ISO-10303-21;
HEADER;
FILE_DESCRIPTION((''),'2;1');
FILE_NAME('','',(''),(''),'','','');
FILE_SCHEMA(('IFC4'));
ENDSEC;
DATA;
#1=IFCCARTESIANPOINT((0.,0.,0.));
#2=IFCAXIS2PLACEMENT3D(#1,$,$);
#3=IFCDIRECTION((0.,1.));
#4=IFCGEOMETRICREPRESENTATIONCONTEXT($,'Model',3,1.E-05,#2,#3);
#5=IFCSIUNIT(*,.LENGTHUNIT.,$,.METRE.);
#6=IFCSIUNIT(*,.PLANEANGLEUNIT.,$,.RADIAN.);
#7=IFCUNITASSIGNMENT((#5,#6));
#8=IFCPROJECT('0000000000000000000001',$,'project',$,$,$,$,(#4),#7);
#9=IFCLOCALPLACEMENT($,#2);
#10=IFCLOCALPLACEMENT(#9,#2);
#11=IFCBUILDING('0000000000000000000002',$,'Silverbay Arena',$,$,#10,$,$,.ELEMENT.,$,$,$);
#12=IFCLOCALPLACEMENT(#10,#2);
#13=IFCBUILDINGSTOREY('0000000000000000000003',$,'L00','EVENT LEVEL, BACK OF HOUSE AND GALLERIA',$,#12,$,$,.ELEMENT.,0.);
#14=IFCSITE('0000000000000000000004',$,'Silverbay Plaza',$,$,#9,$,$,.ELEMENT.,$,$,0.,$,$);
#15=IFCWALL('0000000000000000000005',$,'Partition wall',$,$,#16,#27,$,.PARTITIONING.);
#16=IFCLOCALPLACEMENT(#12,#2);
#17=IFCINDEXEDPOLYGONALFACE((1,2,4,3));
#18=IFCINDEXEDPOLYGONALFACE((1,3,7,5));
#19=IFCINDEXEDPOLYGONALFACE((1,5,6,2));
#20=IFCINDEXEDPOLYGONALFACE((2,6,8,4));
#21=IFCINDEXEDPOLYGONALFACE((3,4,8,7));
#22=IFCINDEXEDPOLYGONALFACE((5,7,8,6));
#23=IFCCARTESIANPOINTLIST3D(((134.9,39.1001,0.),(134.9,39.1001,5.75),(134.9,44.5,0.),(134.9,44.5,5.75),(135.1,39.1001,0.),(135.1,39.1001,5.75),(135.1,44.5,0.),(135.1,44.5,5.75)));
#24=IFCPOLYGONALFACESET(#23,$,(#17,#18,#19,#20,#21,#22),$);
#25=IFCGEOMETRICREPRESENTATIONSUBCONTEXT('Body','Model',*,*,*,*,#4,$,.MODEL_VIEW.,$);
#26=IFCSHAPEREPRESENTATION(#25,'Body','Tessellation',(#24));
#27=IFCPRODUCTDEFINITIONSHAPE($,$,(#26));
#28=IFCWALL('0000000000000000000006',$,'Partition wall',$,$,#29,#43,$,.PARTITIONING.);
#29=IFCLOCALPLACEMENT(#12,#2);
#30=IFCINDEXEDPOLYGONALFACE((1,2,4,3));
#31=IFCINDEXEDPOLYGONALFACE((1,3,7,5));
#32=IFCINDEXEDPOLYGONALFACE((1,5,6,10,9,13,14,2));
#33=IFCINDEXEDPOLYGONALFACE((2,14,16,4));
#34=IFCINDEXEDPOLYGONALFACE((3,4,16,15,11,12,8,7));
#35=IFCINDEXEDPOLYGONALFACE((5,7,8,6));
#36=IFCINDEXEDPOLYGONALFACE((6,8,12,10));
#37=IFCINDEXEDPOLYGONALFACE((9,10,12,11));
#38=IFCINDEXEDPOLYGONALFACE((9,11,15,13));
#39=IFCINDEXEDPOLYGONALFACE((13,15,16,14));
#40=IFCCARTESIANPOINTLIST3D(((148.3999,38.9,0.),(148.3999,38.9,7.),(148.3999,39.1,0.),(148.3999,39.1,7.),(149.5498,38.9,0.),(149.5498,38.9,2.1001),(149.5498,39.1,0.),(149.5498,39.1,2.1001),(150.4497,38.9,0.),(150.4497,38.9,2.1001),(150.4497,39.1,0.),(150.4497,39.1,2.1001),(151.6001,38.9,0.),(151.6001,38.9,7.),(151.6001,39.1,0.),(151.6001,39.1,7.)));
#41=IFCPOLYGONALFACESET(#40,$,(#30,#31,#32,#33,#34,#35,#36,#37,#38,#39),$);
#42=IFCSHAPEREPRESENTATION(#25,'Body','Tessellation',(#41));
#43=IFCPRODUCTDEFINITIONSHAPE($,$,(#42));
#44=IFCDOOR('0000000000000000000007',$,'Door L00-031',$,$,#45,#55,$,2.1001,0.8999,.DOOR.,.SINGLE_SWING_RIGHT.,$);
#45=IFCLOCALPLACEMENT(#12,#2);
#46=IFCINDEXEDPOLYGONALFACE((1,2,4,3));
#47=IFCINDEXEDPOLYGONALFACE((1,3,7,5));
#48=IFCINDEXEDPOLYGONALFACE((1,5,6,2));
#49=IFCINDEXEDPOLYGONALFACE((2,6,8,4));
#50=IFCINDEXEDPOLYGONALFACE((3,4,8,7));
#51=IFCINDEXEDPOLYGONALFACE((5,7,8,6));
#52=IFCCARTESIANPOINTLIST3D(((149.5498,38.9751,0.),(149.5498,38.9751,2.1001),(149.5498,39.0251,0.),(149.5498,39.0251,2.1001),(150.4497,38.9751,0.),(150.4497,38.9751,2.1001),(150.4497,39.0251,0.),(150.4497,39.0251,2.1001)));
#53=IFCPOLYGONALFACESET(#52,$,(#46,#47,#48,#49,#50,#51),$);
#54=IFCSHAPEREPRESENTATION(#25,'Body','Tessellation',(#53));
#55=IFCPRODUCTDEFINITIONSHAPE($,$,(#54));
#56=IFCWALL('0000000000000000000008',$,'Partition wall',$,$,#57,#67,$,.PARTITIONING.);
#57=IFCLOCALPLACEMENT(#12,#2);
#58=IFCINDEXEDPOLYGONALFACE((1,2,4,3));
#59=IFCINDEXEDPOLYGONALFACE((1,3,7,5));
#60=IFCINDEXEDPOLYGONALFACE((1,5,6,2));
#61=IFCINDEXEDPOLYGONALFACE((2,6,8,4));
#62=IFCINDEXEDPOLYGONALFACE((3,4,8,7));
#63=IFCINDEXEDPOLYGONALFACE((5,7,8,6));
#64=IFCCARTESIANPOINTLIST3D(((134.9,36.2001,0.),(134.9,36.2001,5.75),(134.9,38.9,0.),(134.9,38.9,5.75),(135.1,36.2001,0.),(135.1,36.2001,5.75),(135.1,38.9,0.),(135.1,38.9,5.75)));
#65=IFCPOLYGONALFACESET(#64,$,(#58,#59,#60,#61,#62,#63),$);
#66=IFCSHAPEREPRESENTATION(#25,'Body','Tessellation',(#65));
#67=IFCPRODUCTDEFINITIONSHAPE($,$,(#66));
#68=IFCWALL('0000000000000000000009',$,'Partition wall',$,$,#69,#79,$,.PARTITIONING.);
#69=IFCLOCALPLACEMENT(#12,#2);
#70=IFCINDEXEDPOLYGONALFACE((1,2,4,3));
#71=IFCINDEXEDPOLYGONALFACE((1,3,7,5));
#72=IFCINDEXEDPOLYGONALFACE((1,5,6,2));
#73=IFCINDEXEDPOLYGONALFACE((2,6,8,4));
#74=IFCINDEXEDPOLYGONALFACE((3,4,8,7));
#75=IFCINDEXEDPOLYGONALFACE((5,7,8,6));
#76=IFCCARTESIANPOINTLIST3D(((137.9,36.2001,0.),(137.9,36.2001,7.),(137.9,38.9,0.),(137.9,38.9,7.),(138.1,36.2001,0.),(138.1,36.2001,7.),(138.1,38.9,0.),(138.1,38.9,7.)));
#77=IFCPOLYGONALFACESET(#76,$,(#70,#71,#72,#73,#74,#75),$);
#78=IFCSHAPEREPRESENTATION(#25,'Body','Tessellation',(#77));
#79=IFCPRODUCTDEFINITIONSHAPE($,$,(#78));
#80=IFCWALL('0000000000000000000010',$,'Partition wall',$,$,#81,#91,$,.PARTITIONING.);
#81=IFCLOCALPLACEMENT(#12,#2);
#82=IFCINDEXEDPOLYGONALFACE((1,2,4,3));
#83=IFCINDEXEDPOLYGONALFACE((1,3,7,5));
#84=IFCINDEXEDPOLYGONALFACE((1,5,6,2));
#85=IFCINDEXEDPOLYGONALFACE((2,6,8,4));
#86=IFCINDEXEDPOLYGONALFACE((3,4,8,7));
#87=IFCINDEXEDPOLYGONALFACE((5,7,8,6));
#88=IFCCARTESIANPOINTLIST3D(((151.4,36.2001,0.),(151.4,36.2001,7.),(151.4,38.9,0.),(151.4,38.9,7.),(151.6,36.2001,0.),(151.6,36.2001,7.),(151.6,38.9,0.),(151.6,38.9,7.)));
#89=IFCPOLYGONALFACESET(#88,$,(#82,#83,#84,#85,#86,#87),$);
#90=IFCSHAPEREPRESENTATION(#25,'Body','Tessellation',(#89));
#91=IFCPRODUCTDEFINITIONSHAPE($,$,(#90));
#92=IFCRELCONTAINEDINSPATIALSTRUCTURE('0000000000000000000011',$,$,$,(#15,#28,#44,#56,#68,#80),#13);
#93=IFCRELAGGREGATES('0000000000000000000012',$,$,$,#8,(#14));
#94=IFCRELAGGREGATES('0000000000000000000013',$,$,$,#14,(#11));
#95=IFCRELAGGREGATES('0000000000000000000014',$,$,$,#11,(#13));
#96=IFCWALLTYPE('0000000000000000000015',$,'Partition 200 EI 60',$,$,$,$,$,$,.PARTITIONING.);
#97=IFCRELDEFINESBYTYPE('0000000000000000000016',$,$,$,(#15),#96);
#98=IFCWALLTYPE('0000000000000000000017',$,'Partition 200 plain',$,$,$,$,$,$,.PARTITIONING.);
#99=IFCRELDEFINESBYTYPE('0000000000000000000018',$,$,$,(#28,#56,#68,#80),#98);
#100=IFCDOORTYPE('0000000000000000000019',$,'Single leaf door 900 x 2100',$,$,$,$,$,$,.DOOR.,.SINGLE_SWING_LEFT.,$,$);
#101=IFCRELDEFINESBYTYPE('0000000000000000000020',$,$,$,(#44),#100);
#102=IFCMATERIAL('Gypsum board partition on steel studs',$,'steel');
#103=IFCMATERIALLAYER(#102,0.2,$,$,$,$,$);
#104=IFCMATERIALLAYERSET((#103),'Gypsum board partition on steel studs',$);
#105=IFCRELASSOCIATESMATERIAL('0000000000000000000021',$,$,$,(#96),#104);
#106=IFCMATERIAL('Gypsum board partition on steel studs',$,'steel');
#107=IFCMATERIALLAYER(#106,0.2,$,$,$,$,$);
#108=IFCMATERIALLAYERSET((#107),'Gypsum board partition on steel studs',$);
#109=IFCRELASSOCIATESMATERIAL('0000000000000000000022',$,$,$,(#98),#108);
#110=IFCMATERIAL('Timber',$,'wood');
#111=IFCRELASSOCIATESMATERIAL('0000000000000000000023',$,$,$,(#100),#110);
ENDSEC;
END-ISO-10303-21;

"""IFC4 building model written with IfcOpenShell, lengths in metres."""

from ifc_helpers import new_model, si_unit, direction, frame, frame_2d, origin, place, context, subcontext, project, spatial, rectangle, extrude, material, layer, layer_set, type_object, element, fill, save


model = new_model("IFC4")

# Units and contexts
model_context = context("Model", 3, precision=1e-05, world=origin(), true_north=direction((0.0, 1.0)))
body_context = subcontext(model_context, "Body", "Model", "MODEL_VIEW")
ifc_project = project(units=[si_unit("LENGTHUNIT", "METRE"), si_unit("PLANEANGLEUNIT", "RADIAN")], contexts=[model_context])

# Site, building, storey
site_placement = place(None, origin())
site = spatial("IfcSite", under=ifc_project, at=site_placement, Name="Silverbay Plaza", CompositionType="ELEMENT", RefElevation=0.0)
building_placement = place(site_placement, origin())
building = spatial("IfcBuilding", under=site, at=building_placement, Name="Silverbay Arena", CompositionType="ELEMENT")
storey_placement = place(building_placement, origin())
storey = spatial("IfcBuildingStorey", under=building, at=storey_placement, Name="L00", Description="EVENT LEVEL, BACK OF HOUSE AND GALLERIA", CompositionType="ELEMENT", Elevation=0.0)

# Wall
ifc_material_1 = material(Name="Gypsum board partition on steel studs", Category="steel")
ifc_layer_1 = layer(ifc_material_1, 0.2)
ifc_layer_set_1 = layer_set([ifc_layer_1], Name="Gypsum board partition on steel studs")
wall_type_1 = type_object("IfcWallType", Name="Partition 200 EI 60", PredefinedType="PARTITIONING", material=ifc_layer_set_1)
wall_1_placement = place(storey_placement, frame((135.0, 39.1001, 0.0), z_axis=(0.0, 0.0, 1.0), x_axis=(0.0, 1.0, 0.0)))
element("IfcWall", 1, at=wall_1_placement, inside=storey, type_object=wall_type_1, Name="Partition wall", PredefinedType="PARTITIONING", context=body_context, shape_type="SweptSolid", body=[
    extrude(rectangle(XDim=5.3999, YDim=0.2, at=frame_2d((2.7, 0.0))), origin(), (0.0, 0.0, 1.0), 5.75),
])

# Wall, opening, door
ifc_material_2 = material(Name="Gypsum board partition on steel studs", Category="steel")
ifc_layer_2 = layer(ifc_material_2, 0.2)
ifc_layer_set_2 = layer_set([ifc_layer_2], Name="Gypsum board partition on steel studs")
wall_type_2 = type_object("IfcWallType", Name="Partition 200 plain", PredefinedType="PARTITIONING", material=ifc_layer_set_2)
wall_2_placement = place(storey_placement, frame((148.3999, 39.0, 0.0), z_axis=(0.0, 0.0, 1.0), x_axis=(1.0, 0.0, 0.0)))
wall_2 = element("IfcWall", 2, at=wall_2_placement, inside=storey, type_object=wall_type_2, Name="Partition wall", PredefinedType="PARTITIONING", context=body_context, shape_type="SweptSolid", body=[
    extrude(rectangle(XDim=3.2002, YDim=0.2, at=frame_2d((1.6001, 0.0))), origin(), (0.0, 0.0, 1.0), 7.0),
])
opening_1_placement = place(wall_2_placement, frame((1.1499, 0.0, 0.0)))
opening_1 = element("IfcOpeningElement", 3, at=opening_1_placement, cuts=wall_2, PredefinedType="OPENING", context=body_context, shape_type="SweptSolid", body=[
    extrude(rectangle(XDim=0.8999, YDim=2.1001, at=frame_2d((0.45, 1.05))), frame((0.0, 0.1099, 0.0), z_axis=(0.0, -1.0, 0.0), x_axis=(1.0, 0.0, 0.0)), (0.0, 0.0, 1.0), 0.22),
])
ifc_material_3 = material(Name="Timber", Category="wood")
door_type_1 = type_object("IfcDoorType", Name="Single leaf door 900 x 2100", OperationType="SINGLE_SWING_LEFT", PredefinedType="DOOR", material=ifc_material_3)
door_1_placement = place(opening_1_placement, frame((0.8999, 0.0, 0.0), z_axis=(0.0, 0.0, 1.0), x_axis=(-1.0, 0.0, 0.0)))
door_1 = element("IfcDoor", 4, at=door_1_placement, inside=storey, type_object=door_type_1, Name="Door L00-031", OperationType="SINGLE_SWING_RIGHT", OverallHeight=2.1001, OverallWidth=0.8999, PredefinedType="DOOR", context=body_context, shape_type="SweptSolid", body=[
    extrude(rectangle(XDim=0.8999, YDim=2.1001, at=frame_2d((0.45, 1.05))), frame((0.0, 0.0249, 0.0), z_axis=(0.0, -1.0, 0.0), x_axis=(1.0, 0.0, 0.0)), (0.0, 0.0, 1.0), 0.05),
])
fill(opening_1, door_1)

# Walls
wall_3_placement = place(storey_placement, frame((135.0, 36.2, 0.0), z_axis=(0.0, 0.0, 1.0), x_axis=(0.0, 1.0, 0.0)))
element("IfcWall", 5, at=wall_3_placement, inside=storey, type_object=wall_type_2, Name="Partition wall", PredefinedType="PARTITIONING", context=body_context, shape_type="SweptSolid", body=[
    extrude(rectangle(XDim=2.7, YDim=0.2, at=frame_2d((1.3501, 0.0))), origin(), (0.0, 0.0, 1.0), 5.75),
])
for number, where, z_axis, x_axis, name in (
    (6, (138.0, 36.2, 0.0), (0.0, 0.0, 1.0), (0.0, 1.0, 0.0), "Partition wall"),
    (7, (151.5, 36.2, 0.0), (0.0, 0.0, 1.0), (0.0, 1.0, 0.0), "Partition wall"),
):
    element("IfcWall", number, at=place(storey_placement, frame(where, z_axis=z_axis, x_axis=x_axis)), inside=storey, type_object=wall_type_2, Name=name, PredefinedType="PARTITIONING", context=body_context, shape_type="SweptSolid", body=[
        extrude(rectangle(XDim=2.7, YDim=0.2, at=frame_2d((1.3501, 0.0))), origin(), (0.0, 0.0, 1.0), 7.0),
    ])

save(model, "model.ifc")
